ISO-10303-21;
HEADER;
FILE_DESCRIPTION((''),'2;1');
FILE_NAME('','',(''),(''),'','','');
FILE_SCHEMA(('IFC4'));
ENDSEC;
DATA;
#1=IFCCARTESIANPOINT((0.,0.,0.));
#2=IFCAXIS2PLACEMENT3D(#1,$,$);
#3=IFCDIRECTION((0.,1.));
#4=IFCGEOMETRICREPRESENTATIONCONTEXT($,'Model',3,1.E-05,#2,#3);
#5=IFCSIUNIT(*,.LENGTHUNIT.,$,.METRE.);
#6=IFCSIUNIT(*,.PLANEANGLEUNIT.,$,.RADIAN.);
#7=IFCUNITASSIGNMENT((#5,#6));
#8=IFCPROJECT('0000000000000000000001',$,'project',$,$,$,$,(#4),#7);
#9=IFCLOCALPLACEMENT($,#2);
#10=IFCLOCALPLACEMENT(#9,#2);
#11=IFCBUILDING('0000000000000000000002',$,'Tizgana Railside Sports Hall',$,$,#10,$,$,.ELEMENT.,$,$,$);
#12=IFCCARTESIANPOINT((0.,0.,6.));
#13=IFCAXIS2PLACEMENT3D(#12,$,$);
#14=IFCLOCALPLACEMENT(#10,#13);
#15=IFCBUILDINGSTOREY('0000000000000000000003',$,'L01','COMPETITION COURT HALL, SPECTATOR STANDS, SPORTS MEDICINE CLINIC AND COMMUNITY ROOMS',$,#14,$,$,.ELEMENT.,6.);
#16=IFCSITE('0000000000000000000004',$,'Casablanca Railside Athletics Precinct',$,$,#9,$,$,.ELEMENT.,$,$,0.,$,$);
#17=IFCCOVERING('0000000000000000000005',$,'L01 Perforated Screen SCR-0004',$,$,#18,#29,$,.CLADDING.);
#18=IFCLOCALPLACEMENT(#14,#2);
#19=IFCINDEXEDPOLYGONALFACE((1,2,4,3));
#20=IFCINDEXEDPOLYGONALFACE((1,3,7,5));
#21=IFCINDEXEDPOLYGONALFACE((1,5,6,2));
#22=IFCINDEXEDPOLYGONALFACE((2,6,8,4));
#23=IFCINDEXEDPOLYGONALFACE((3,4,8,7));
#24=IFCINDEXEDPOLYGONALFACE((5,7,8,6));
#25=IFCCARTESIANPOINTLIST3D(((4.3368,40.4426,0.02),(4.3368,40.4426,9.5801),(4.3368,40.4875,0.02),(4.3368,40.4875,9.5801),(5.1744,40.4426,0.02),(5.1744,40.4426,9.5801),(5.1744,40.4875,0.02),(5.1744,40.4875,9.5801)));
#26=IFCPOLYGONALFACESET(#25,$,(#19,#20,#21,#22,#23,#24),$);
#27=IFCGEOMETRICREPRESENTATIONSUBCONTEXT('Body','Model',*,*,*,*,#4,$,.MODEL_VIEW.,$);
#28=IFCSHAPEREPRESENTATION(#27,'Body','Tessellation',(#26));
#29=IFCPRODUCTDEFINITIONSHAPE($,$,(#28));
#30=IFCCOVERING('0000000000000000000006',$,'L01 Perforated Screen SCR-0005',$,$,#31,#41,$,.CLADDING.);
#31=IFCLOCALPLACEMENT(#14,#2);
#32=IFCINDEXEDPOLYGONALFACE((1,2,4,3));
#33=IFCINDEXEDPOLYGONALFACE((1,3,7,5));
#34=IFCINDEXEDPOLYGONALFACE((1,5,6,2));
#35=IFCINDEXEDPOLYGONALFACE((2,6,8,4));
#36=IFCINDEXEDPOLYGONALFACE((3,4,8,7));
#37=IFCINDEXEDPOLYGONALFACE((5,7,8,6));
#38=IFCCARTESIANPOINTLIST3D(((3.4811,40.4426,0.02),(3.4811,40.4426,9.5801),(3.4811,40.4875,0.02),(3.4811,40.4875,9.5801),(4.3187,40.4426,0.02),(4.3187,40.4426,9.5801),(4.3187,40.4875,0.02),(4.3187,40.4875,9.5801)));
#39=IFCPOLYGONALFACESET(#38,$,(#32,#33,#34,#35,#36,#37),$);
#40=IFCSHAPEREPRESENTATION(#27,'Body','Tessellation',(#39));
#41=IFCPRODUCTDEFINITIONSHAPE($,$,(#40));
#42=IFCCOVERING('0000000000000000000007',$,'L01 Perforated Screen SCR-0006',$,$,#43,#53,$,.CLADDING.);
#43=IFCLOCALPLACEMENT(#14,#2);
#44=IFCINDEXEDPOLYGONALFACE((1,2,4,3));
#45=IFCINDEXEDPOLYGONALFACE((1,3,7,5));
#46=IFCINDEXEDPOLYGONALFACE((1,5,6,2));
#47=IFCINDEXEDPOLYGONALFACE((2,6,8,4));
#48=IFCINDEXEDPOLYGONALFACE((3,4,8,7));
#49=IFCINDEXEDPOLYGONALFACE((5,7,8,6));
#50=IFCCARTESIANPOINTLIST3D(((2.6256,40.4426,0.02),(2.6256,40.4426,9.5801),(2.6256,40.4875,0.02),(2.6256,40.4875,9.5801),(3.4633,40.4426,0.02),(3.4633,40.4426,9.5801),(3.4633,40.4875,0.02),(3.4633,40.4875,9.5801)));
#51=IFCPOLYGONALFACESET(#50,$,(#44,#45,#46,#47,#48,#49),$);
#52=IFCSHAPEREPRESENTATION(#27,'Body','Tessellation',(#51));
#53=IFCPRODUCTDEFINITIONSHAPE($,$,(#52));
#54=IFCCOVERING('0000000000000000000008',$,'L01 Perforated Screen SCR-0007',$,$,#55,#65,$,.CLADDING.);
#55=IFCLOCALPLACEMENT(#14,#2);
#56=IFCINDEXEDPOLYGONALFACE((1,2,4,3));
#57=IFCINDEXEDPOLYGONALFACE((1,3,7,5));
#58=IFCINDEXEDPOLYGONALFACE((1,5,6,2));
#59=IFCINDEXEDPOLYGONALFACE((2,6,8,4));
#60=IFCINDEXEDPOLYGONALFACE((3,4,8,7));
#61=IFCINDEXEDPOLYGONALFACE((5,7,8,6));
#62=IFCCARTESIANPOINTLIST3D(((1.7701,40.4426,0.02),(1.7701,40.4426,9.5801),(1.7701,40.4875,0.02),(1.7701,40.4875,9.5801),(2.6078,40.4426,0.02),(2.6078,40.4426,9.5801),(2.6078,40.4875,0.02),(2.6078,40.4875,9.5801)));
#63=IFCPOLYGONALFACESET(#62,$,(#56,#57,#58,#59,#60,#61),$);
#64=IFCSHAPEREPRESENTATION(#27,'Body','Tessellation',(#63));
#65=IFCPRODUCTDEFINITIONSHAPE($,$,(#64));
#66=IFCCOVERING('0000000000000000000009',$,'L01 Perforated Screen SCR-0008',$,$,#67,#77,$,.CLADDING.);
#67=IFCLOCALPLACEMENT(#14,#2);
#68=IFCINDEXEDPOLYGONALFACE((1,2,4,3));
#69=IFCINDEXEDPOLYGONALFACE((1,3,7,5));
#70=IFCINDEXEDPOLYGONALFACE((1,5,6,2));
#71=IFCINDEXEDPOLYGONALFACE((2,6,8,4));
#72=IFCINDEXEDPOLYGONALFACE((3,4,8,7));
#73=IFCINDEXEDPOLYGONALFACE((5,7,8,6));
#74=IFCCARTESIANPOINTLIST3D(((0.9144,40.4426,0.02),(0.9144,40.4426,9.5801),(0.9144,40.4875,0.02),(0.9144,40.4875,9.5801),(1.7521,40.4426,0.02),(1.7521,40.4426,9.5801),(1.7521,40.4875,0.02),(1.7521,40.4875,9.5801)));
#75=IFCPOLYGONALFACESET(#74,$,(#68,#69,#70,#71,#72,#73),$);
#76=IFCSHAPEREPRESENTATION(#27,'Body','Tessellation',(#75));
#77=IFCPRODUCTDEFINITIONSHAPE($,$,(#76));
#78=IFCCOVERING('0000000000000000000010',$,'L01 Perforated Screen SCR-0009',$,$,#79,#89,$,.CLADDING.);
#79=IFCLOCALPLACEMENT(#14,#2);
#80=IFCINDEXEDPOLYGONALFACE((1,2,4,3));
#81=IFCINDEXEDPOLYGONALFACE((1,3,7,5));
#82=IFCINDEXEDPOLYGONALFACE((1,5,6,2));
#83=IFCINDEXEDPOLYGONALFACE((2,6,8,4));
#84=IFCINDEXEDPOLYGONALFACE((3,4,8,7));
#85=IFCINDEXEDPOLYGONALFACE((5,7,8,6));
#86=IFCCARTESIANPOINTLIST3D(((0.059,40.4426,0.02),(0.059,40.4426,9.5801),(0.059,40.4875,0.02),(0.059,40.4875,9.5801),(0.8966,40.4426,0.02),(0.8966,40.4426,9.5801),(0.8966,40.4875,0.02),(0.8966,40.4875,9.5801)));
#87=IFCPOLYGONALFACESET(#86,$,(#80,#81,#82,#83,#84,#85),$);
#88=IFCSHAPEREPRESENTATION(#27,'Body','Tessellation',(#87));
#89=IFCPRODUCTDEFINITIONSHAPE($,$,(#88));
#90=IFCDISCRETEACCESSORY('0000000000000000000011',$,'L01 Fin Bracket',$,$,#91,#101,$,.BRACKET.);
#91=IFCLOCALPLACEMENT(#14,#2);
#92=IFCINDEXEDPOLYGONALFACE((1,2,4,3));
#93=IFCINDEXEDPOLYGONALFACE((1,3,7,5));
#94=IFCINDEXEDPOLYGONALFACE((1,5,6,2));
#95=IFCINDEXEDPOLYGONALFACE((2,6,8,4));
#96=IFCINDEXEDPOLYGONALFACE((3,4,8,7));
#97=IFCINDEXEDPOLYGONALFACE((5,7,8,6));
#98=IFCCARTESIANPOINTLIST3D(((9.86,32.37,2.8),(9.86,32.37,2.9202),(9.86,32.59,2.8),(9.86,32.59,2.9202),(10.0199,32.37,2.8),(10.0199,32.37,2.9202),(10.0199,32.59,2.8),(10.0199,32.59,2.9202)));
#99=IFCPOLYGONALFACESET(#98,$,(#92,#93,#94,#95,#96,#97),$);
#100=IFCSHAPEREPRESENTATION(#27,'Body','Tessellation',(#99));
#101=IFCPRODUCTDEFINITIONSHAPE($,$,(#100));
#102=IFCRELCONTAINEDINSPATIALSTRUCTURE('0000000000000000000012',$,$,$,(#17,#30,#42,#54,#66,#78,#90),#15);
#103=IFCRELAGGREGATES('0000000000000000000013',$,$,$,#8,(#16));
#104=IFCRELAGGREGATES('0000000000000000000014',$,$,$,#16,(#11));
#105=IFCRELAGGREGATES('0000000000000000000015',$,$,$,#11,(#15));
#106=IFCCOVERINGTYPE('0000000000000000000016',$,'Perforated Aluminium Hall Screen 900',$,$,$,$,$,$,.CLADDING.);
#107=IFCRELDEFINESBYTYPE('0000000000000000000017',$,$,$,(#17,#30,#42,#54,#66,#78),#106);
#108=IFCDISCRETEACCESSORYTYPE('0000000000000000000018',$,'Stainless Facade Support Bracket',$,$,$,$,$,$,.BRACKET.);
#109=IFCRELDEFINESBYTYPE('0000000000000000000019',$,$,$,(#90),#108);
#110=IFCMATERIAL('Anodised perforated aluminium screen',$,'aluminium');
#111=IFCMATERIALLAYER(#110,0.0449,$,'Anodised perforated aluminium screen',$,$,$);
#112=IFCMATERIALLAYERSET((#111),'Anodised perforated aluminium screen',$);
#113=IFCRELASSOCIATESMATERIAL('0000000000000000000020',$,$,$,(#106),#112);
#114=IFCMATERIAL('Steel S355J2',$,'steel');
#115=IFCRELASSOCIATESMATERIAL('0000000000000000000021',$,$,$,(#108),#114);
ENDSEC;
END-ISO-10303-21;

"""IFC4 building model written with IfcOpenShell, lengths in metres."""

from ifc_helpers import new_model, si_unit, direction, frame, origin, origin_2d, place, context, subcontext, project, spatial, rectangle, extrude, material, layer, layer_set, type_object, element, save


model = new_model("IFC4")

# Units and contexts
model_context = context("Model", 3, precision=1e-05, world=origin(), true_north=direction((0.0, 1.0)))
body_context = subcontext(model_context, "Body", "Model", "MODEL_VIEW")
ifc_project = project(units=[si_unit("LENGTHUNIT", "METRE"), si_unit("PLANEANGLEUNIT", "RADIAN")], contexts=[model_context])

# Site, building, storey
site_placement = place(None, origin())
site = spatial("IfcSite", under=ifc_project, at=site_placement, Name="Casablanca Railside Athletics Precinct", CompositionType="ELEMENT", RefElevation=0.0)
building_placement = place(site_placement, origin())
building = spatial("IfcBuilding", under=site, at=building_placement, Name="Tizgana Railside Sports Hall", CompositionType="ELEMENT")
storey_placement = place(building_placement, frame((0.0, 0.0, 6.0)))
storey = spatial("IfcBuildingStorey", under=building, at=storey_placement, Name="L01", Description="COMPETITION COURT HALL, SPECTATOR STANDS, SPORTS MEDICINE CLINIC AND COMMUNITY ROOMS", CompositionType="ELEMENT", Elevation=6.0)

# Shared definitions
ifc_material_1 = material(Name="Steel S355J2", Category="steel")

# Coverings
ifc_material_2 = material(Name="Anodised perforated aluminium screen", Category="aluminium")
ifc_layer_1 = layer(ifc_material_2, 0.0449, Name="Anodised perforated aluminium screen")
ifc_layer_set_1 = layer_set([ifc_layer_1], Name="Anodised perforated aluminium screen")
covering_type_1 = type_object("IfcCoveringType", Name="Perforated Aluminium Hall Screen 900", PredefinedType="CLADDING", material=ifc_layer_set_1)
for number, where, z_axis, x_axis, name in (
    (1, (4.7556, 40.4651, 0.02), (0.0, 0.0, 1.0), (-1.0, 0.0, 0.0), "L01 Perforated Screen SCR-0004"),
    (2, (3.8999, 40.4651, 0.02), (0.0, 0.0, 1.0), (-1.0, 0.0, 0.0), "L01 Perforated Screen SCR-0005"),
    (3, (3.0444, 40.4651, 0.02), (0.0, 0.0, 1.0), (-1.0, 0.0, 0.0), "L01 Perforated Screen SCR-0006"),
    (4, (2.189, 40.4651, 0.02), (0.0, 0.0, 1.0), (-1.0, 0.0, 0.0), "L01 Perforated Screen SCR-0007"),
    (5, (1.3333, 40.4651, 0.02), (0.0, 0.0, 1.0), (-1.0, 0.0, 0.0), "L01 Perforated Screen SCR-0008"),
    (6, (0.4778, 40.4651, 0.02), (0.0, 0.0, 1.0), (-1.0, 0.0, 0.0), "L01 Perforated Screen SCR-0009"),
):
    element("IfcCovering", number, at=place(storey_placement, frame(where, z_axis=z_axis, x_axis=x_axis)), inside=storey, type_object=covering_type_1, Name=name, PredefinedType="CLADDING", context=body_context, shape_type="SweptSolid", body=[
        extrude(rectangle(XDim=0.8376, YDim=0.0449, at=origin_2d()), origin(), (0.0, 0.0, 1.0), 9.5601),
    ])

# Discrete accessory
discrete_accessory_type = type_object("IfcDiscreteAccessoryType", Name="Stainless Facade Support Bracket", PredefinedType="BRACKET", material=ifc_material_1)
discrete_accessory_placement = place(storey_placement, frame((9.9399, 32.48, 2.8), z_axis=(0.0, 0.0, 1.0), x_axis=(1.0, 0.0, 0.0)))
element("IfcDiscreteAccessory", 7, at=discrete_accessory_placement, inside=storey, type_object=discrete_accessory_type, Name="L01 Fin Bracket", PredefinedType="BRACKET", context=body_context, shape_type="SweptSolid", body=[
    extrude(rectangle(XDim=0.1599, YDim=0.22, at=origin_2d()), origin(), (0.0, 0.0, 1.0), 0.1201),
])

save(model, "model.ifc")
